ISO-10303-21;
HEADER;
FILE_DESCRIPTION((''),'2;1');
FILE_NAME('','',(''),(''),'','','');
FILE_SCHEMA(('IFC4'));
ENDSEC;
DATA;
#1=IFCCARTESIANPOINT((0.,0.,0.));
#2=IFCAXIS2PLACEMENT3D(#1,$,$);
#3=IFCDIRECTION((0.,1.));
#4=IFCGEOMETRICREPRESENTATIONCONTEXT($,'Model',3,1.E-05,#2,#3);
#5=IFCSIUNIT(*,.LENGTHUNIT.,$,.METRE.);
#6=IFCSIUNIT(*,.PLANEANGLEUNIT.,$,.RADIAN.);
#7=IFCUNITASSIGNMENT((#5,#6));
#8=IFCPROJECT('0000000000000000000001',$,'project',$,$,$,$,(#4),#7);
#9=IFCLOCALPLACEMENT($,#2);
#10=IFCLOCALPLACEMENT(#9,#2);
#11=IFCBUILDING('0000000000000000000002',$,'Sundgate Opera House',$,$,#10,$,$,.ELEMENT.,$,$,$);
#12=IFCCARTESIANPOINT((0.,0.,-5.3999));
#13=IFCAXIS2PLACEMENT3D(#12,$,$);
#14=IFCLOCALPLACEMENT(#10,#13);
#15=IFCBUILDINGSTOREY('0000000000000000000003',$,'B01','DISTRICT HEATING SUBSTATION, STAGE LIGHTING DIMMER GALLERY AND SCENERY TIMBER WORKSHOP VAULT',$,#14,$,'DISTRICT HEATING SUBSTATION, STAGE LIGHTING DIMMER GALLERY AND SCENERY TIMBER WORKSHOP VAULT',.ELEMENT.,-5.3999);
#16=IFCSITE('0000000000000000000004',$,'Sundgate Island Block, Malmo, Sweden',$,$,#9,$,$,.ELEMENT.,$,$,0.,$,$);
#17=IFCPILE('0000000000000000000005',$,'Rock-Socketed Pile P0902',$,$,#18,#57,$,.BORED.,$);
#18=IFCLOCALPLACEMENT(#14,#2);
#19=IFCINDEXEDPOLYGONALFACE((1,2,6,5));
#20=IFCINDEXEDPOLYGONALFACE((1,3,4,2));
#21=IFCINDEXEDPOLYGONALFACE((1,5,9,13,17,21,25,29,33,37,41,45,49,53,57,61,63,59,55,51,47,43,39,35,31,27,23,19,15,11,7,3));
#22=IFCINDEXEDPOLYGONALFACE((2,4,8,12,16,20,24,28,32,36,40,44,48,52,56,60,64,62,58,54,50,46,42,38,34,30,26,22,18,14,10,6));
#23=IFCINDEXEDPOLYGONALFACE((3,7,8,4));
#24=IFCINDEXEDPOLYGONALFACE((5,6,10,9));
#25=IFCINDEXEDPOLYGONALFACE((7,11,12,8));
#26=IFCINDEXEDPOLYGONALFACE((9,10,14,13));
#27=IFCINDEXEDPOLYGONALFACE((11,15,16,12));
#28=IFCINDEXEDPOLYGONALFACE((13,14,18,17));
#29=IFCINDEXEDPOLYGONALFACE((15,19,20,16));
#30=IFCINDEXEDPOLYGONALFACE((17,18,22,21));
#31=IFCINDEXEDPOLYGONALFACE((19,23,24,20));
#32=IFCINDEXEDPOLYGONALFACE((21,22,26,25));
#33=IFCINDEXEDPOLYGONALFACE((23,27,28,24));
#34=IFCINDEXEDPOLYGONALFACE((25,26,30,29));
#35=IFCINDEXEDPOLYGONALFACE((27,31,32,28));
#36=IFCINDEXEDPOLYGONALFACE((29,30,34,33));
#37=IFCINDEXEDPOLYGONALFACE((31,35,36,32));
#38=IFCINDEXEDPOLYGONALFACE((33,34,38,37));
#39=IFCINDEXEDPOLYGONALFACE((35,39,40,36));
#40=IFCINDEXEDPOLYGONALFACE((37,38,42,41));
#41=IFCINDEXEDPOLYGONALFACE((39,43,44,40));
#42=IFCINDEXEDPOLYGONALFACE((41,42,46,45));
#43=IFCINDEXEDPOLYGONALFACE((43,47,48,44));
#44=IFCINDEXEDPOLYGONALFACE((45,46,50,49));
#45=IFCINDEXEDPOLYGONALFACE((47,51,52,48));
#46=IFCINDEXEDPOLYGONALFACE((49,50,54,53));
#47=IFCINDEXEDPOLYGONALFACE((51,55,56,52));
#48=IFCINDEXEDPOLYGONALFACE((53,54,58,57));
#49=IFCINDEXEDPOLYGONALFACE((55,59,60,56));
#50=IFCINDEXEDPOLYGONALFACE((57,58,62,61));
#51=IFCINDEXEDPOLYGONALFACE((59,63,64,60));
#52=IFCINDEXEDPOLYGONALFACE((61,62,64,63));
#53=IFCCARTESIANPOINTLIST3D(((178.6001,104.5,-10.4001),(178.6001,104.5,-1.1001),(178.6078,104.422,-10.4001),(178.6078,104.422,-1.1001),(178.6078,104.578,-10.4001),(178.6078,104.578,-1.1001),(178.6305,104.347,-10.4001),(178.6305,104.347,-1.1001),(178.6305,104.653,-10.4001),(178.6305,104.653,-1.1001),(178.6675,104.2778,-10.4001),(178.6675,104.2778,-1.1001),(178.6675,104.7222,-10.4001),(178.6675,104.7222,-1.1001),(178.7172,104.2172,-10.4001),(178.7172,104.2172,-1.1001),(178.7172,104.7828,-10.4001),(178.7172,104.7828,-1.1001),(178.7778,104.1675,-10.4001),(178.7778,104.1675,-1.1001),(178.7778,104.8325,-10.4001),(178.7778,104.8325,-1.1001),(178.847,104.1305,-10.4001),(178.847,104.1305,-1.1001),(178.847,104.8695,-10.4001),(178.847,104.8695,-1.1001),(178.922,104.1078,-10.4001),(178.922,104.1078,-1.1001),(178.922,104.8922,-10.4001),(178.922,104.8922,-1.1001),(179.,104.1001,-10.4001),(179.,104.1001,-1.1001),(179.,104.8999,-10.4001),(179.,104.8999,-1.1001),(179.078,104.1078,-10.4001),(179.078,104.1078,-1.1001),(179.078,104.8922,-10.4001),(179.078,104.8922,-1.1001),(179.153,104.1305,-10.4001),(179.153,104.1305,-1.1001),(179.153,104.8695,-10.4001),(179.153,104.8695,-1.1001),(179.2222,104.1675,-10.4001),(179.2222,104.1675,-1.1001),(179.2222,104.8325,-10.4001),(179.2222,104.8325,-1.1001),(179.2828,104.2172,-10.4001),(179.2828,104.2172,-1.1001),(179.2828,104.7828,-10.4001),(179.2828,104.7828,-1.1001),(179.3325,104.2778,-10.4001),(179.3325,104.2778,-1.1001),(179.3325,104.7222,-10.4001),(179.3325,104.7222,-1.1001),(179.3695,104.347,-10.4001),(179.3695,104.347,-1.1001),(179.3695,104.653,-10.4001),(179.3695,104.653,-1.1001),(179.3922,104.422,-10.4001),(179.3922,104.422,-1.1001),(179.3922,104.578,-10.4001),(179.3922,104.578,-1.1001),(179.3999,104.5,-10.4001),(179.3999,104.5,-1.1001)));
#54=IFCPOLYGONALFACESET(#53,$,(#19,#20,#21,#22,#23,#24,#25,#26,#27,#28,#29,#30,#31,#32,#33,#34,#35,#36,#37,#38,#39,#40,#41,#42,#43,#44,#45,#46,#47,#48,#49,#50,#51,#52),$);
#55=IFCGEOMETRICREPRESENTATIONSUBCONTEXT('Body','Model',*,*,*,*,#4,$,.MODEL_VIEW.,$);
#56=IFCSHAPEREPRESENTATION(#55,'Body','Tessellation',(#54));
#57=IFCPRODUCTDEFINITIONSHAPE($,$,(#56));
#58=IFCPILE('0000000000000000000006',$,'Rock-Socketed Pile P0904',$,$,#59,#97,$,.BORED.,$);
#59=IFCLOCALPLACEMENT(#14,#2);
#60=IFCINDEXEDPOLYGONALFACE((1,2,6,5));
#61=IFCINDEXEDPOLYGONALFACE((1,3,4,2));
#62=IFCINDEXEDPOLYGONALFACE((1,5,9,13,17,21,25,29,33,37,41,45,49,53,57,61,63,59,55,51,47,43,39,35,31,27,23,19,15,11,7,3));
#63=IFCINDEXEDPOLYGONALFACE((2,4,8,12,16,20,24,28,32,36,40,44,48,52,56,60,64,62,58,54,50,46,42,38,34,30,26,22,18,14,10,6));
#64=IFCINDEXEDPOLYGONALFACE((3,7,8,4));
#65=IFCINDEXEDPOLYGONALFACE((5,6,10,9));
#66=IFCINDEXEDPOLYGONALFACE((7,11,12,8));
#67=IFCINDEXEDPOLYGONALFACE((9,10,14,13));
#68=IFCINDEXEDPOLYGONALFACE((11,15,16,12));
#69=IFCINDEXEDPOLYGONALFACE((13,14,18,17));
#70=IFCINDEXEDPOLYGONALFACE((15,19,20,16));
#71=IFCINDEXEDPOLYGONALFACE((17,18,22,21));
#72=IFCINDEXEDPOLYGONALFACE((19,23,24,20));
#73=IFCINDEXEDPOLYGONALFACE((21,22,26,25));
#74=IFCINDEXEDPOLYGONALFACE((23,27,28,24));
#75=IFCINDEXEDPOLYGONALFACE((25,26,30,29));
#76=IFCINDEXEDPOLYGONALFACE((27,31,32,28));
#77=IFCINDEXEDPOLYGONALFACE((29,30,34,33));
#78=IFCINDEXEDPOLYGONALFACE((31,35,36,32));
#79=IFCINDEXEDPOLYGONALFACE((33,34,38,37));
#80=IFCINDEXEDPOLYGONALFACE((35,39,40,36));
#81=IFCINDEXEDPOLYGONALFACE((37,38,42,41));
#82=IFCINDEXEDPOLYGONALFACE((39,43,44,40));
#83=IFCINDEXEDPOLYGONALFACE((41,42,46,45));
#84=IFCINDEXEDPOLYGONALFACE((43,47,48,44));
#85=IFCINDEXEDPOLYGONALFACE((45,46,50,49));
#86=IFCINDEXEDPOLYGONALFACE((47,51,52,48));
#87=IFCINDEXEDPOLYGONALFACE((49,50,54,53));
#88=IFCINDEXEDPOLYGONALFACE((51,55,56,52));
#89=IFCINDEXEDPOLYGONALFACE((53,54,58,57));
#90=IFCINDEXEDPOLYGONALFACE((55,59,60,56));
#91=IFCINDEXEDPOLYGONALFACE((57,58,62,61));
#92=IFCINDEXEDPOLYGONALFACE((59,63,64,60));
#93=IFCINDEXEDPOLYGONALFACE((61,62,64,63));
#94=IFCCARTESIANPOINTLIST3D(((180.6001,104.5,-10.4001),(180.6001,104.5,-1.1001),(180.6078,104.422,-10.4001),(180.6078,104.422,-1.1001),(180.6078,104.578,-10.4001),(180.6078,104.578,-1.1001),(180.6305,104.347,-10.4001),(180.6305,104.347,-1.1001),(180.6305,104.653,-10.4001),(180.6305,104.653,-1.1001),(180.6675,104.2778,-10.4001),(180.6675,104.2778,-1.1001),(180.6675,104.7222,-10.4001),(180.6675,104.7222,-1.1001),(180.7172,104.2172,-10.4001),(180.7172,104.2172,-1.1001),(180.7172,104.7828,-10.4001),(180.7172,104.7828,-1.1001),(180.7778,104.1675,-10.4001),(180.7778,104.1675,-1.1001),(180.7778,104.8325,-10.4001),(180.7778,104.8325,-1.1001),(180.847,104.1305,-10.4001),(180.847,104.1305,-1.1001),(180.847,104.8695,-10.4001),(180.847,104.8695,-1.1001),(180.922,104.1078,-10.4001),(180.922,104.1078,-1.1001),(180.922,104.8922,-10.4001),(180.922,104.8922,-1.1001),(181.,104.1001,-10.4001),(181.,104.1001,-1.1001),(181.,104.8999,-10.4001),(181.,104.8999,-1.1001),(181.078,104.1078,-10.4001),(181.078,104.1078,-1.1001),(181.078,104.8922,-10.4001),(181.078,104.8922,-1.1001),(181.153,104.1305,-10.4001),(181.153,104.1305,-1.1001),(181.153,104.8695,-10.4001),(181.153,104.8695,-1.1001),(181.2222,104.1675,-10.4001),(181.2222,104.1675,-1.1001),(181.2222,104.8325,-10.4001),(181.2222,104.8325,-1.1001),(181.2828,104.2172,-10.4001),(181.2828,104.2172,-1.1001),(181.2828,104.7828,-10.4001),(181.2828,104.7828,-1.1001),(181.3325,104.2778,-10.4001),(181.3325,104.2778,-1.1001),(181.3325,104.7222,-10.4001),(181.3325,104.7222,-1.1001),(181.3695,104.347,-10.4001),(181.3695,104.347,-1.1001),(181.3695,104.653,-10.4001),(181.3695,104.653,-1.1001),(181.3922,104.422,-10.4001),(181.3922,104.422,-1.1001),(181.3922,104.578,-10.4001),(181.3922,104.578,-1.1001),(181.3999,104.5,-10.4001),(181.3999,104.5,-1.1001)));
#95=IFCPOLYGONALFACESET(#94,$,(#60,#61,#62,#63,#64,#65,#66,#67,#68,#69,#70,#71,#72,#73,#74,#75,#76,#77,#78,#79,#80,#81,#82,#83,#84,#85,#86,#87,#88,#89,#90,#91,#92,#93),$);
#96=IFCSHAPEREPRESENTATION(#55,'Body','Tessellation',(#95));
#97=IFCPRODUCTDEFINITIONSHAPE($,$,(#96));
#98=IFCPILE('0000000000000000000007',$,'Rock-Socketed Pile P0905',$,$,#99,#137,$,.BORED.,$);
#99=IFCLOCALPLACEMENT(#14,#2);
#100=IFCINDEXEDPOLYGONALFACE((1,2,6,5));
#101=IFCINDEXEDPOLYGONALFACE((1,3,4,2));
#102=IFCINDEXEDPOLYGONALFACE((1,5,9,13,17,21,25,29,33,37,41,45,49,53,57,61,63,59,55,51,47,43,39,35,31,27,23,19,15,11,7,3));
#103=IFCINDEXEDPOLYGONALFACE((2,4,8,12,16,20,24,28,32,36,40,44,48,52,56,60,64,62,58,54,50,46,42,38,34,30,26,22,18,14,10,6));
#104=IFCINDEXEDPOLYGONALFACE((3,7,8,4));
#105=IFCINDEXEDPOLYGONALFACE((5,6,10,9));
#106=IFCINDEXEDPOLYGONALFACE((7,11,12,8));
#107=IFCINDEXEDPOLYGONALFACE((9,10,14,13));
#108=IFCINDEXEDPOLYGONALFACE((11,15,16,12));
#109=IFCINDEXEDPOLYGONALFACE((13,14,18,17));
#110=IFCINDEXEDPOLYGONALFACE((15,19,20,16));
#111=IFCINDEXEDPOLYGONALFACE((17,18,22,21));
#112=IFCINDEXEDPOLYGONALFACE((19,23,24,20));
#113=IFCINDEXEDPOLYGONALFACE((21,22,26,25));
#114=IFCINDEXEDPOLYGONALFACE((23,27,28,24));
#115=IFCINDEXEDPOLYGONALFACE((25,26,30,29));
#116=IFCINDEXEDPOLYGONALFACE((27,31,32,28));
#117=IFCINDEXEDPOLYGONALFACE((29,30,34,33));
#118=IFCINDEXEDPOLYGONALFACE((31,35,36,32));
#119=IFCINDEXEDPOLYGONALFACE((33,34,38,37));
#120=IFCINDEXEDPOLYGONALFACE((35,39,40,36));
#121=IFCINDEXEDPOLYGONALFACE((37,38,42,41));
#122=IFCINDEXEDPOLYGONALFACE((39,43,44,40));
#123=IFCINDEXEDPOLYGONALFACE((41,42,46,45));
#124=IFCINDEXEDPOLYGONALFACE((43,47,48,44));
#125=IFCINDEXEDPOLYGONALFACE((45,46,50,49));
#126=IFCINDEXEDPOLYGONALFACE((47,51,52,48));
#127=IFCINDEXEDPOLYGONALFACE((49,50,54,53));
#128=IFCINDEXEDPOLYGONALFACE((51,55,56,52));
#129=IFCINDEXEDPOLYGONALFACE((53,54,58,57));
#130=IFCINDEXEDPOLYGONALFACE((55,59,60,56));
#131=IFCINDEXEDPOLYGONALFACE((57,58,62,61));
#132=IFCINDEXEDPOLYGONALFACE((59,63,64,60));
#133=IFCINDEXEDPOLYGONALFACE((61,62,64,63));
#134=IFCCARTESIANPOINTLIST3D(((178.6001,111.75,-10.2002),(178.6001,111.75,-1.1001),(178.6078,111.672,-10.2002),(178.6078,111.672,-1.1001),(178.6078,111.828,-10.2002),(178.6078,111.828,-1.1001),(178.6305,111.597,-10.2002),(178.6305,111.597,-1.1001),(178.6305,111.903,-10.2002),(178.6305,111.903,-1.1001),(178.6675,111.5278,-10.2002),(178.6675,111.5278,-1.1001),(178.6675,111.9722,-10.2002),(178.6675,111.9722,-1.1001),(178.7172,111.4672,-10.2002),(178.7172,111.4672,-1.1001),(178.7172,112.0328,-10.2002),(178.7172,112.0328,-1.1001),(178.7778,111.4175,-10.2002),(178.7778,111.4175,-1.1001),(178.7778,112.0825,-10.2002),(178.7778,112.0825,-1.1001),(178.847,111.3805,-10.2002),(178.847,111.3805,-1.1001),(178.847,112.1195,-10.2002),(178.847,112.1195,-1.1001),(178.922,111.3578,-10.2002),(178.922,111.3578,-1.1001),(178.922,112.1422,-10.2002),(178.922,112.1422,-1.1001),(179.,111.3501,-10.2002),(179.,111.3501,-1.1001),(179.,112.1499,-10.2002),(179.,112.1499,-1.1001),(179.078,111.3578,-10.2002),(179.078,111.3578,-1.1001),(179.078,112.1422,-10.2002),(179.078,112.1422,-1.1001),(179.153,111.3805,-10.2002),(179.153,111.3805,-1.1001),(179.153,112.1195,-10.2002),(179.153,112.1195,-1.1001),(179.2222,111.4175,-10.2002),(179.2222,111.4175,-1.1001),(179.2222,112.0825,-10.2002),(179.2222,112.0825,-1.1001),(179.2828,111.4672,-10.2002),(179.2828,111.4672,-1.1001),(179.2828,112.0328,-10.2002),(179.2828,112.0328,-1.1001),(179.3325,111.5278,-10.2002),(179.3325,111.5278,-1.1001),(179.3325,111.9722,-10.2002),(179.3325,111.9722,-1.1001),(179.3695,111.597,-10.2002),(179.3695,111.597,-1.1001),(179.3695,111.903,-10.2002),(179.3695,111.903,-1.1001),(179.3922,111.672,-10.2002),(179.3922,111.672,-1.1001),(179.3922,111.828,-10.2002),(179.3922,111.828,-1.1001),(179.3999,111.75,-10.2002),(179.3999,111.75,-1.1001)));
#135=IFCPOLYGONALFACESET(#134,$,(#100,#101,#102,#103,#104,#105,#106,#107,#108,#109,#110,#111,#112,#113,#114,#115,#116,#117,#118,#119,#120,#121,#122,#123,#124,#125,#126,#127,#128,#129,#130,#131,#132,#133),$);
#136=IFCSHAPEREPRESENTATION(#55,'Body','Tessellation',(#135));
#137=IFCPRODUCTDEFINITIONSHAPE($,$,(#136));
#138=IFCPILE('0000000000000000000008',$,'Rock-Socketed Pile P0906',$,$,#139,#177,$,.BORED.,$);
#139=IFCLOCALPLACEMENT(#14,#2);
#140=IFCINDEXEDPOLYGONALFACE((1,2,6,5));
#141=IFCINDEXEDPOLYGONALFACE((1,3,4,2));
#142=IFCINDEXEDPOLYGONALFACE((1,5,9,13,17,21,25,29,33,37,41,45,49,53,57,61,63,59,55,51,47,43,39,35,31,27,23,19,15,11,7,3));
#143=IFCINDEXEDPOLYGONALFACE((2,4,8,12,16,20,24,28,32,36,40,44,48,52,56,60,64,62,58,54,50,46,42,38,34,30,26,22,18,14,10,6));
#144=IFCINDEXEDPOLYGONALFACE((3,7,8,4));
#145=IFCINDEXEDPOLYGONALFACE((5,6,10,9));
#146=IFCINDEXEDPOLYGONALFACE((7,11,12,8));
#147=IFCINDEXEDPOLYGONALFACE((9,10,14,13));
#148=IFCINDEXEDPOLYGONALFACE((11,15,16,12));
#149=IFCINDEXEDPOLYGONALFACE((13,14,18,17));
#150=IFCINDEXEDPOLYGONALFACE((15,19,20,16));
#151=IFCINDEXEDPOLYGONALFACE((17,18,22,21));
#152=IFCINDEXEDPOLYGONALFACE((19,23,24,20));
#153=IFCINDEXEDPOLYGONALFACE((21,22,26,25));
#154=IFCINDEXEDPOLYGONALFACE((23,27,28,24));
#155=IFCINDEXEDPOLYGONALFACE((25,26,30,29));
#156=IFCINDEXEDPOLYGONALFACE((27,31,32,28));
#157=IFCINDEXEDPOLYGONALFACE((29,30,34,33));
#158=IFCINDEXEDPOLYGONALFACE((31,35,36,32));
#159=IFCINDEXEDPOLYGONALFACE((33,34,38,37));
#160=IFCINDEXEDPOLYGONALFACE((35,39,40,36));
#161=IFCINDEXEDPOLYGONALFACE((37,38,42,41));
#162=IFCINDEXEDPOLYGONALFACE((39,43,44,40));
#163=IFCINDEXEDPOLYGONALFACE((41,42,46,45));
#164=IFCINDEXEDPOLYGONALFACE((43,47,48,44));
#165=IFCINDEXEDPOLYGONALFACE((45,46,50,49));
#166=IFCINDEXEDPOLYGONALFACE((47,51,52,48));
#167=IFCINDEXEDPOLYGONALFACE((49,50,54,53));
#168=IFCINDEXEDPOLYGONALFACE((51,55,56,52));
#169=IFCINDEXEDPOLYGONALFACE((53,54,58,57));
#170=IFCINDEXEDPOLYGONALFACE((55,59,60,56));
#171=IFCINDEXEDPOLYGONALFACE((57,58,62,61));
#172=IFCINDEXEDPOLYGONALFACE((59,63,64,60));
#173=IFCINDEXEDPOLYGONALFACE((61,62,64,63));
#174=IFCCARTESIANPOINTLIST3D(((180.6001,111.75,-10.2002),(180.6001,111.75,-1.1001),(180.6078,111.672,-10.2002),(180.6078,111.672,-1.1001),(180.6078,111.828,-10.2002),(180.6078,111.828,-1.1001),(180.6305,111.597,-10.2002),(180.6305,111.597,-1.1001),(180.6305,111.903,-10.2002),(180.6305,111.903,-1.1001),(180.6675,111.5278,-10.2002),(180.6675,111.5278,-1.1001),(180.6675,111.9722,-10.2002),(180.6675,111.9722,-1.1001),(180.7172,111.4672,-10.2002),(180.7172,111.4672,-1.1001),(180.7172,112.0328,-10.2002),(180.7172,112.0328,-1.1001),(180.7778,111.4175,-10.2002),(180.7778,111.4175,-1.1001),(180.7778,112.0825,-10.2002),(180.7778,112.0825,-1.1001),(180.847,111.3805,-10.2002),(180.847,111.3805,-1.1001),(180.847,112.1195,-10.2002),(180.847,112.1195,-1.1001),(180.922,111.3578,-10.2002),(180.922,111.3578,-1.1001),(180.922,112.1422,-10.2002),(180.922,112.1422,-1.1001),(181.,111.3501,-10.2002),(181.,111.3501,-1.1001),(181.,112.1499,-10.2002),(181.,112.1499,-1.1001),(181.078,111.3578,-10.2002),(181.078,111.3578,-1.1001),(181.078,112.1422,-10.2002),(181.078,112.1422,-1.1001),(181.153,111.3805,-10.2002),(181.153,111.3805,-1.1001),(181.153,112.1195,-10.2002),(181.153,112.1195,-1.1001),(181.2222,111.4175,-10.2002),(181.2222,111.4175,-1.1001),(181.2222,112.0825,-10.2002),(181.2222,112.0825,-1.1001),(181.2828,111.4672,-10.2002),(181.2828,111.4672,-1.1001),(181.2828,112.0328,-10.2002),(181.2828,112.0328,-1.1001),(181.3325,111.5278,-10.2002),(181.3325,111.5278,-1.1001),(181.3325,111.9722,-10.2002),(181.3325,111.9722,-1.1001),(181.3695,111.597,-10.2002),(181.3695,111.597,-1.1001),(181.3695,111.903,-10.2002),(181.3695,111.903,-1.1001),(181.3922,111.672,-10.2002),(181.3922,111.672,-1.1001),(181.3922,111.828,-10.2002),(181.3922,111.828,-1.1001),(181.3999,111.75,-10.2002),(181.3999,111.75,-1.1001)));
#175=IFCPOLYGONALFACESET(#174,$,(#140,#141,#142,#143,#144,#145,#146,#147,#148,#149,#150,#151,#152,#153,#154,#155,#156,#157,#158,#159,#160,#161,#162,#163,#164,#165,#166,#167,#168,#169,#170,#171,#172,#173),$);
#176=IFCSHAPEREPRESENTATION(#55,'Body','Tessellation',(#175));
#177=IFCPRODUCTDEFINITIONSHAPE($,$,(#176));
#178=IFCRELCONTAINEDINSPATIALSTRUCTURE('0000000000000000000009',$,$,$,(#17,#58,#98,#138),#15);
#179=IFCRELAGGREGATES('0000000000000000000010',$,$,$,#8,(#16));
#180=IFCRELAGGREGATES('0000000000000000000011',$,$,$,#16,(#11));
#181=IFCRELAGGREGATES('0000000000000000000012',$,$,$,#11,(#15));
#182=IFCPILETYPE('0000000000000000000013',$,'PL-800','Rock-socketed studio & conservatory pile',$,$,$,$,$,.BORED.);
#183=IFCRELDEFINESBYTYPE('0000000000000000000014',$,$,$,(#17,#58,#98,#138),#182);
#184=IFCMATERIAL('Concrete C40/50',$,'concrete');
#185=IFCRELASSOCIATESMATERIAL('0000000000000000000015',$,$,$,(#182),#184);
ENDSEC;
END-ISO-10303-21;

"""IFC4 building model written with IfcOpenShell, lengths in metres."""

from ifc_helpers import new_model, si_unit, direction, frame, origin, origin_2d, place, context, subcontext, project, spatial, circle, extrude, material, material_profile, profile_set, type_object, element, save


model = new_model("IFC4")

# Units and contexts
model_context = context("Model", 3, precision=1e-05, world=origin(), true_north=direction((0.0, 1.0)))
body_context = subcontext(model_context, "Body", "Model", "MODEL_VIEW")
ifc_project = project(units=[si_unit("LENGTHUNIT", "METRE"), si_unit("PLANEANGLEUNIT", "RADIAN")], contexts=[model_context])

# Site, building, storey
site_placement = place(None, origin())
site = spatial("IfcSite", under=ifc_project, at=site_placement, Name="Sundgate Island Block, Malmo, Sweden", CompositionType="ELEMENT", RefElevation=0.0)
building_placement = place(site_placement, origin())
building = spatial("IfcBuilding", under=site, at=building_placement, Name="Sundgate Opera House", CompositionType="ELEMENT")
storey_placement = place(building_placement, frame((0.0, 0.0, -5.3999)))
storey = spatial("IfcBuildingStorey", under=building, at=storey_placement, Name="B01", Description="DISTRICT HEATING SUBSTATION, STAGE LIGHTING DIMMER GALLERY AND SCENERY TIMBER WORKSHOP VAULT", LongName="DISTRICT HEATING SUBSTATION, STAGE LIGHTING DIMMER GALLERY AND SCENERY TIMBER WORKSHOP VAULT", CompositionType="ELEMENT", Elevation=-5.3999)

# Piles
ifc_material_1 = material(Name="Concrete C40/50", Category="concrete")
ifc_material_profile_1 = material_profile(ifc_material_1, circle(Radius=0.3999, at=origin_2d()), Name="PILE D800")
ifc_profile_set_1 = profile_set([ifc_material_profile_1], Name="Concrete C40/50")
pile_type = type_object("IfcPileType", Name="PL-800", Description="Rock-socketed studio & conservatory pile", PredefinedType="BORED", material=ifc_profile_set_1)
for number, where, z_axis, x_axis, name in (
    (1, (179.0, 104.5, -1.1001), (0.0, 0.0, -1.0), (1.0, 0.0, 0.0), "Rock-Socketed Pile P0902"),
    (2, (181.0, 104.5, -1.1001), (0.0, 0.0, -1.0), (1.0, 0.0, 0.0), "Rock-Socketed Pile P0904"),
):
    element("IfcPile", number, at=place(storey_placement, frame(where, z_axis=z_axis, x_axis=x_axis)), inside=storey, type_object=pile_type, Name=name, PredefinedType="BORED", context=body_context, shape_type="SweptSolid", body=[
        extrude(circle(Radius=0.3999, at=origin_2d()), origin(), (0.0, 0.0, 1.0), 9.3),
    ])
for number, where, z_axis, x_axis, name in (
    (3, (179.0, 111.75, -1.1001), (0.0, 0.0, -1.0), (1.0, 0.0, 0.0), "Rock-Socketed Pile P0905"),
    (4, (181.0, 111.75, -1.1001), (0.0, 0.0, -1.0), (1.0, 0.0, 0.0), "Rock-Socketed Pile P0906"),
):
    element("IfcPile", number, at=place(storey_placement, frame(where, z_axis=z_axis, x_axis=x_axis)), inside=storey, type_object=pile_type, Name=name, PredefinedType="BORED", context=body_context, shape_type="SweptSolid", body=[
        extrude(circle(Radius=0.3999, at=origin_2d()), origin(), (0.0, 0.0, 1.0), 9.1001),
    ])

save(model, "model.ifc")
